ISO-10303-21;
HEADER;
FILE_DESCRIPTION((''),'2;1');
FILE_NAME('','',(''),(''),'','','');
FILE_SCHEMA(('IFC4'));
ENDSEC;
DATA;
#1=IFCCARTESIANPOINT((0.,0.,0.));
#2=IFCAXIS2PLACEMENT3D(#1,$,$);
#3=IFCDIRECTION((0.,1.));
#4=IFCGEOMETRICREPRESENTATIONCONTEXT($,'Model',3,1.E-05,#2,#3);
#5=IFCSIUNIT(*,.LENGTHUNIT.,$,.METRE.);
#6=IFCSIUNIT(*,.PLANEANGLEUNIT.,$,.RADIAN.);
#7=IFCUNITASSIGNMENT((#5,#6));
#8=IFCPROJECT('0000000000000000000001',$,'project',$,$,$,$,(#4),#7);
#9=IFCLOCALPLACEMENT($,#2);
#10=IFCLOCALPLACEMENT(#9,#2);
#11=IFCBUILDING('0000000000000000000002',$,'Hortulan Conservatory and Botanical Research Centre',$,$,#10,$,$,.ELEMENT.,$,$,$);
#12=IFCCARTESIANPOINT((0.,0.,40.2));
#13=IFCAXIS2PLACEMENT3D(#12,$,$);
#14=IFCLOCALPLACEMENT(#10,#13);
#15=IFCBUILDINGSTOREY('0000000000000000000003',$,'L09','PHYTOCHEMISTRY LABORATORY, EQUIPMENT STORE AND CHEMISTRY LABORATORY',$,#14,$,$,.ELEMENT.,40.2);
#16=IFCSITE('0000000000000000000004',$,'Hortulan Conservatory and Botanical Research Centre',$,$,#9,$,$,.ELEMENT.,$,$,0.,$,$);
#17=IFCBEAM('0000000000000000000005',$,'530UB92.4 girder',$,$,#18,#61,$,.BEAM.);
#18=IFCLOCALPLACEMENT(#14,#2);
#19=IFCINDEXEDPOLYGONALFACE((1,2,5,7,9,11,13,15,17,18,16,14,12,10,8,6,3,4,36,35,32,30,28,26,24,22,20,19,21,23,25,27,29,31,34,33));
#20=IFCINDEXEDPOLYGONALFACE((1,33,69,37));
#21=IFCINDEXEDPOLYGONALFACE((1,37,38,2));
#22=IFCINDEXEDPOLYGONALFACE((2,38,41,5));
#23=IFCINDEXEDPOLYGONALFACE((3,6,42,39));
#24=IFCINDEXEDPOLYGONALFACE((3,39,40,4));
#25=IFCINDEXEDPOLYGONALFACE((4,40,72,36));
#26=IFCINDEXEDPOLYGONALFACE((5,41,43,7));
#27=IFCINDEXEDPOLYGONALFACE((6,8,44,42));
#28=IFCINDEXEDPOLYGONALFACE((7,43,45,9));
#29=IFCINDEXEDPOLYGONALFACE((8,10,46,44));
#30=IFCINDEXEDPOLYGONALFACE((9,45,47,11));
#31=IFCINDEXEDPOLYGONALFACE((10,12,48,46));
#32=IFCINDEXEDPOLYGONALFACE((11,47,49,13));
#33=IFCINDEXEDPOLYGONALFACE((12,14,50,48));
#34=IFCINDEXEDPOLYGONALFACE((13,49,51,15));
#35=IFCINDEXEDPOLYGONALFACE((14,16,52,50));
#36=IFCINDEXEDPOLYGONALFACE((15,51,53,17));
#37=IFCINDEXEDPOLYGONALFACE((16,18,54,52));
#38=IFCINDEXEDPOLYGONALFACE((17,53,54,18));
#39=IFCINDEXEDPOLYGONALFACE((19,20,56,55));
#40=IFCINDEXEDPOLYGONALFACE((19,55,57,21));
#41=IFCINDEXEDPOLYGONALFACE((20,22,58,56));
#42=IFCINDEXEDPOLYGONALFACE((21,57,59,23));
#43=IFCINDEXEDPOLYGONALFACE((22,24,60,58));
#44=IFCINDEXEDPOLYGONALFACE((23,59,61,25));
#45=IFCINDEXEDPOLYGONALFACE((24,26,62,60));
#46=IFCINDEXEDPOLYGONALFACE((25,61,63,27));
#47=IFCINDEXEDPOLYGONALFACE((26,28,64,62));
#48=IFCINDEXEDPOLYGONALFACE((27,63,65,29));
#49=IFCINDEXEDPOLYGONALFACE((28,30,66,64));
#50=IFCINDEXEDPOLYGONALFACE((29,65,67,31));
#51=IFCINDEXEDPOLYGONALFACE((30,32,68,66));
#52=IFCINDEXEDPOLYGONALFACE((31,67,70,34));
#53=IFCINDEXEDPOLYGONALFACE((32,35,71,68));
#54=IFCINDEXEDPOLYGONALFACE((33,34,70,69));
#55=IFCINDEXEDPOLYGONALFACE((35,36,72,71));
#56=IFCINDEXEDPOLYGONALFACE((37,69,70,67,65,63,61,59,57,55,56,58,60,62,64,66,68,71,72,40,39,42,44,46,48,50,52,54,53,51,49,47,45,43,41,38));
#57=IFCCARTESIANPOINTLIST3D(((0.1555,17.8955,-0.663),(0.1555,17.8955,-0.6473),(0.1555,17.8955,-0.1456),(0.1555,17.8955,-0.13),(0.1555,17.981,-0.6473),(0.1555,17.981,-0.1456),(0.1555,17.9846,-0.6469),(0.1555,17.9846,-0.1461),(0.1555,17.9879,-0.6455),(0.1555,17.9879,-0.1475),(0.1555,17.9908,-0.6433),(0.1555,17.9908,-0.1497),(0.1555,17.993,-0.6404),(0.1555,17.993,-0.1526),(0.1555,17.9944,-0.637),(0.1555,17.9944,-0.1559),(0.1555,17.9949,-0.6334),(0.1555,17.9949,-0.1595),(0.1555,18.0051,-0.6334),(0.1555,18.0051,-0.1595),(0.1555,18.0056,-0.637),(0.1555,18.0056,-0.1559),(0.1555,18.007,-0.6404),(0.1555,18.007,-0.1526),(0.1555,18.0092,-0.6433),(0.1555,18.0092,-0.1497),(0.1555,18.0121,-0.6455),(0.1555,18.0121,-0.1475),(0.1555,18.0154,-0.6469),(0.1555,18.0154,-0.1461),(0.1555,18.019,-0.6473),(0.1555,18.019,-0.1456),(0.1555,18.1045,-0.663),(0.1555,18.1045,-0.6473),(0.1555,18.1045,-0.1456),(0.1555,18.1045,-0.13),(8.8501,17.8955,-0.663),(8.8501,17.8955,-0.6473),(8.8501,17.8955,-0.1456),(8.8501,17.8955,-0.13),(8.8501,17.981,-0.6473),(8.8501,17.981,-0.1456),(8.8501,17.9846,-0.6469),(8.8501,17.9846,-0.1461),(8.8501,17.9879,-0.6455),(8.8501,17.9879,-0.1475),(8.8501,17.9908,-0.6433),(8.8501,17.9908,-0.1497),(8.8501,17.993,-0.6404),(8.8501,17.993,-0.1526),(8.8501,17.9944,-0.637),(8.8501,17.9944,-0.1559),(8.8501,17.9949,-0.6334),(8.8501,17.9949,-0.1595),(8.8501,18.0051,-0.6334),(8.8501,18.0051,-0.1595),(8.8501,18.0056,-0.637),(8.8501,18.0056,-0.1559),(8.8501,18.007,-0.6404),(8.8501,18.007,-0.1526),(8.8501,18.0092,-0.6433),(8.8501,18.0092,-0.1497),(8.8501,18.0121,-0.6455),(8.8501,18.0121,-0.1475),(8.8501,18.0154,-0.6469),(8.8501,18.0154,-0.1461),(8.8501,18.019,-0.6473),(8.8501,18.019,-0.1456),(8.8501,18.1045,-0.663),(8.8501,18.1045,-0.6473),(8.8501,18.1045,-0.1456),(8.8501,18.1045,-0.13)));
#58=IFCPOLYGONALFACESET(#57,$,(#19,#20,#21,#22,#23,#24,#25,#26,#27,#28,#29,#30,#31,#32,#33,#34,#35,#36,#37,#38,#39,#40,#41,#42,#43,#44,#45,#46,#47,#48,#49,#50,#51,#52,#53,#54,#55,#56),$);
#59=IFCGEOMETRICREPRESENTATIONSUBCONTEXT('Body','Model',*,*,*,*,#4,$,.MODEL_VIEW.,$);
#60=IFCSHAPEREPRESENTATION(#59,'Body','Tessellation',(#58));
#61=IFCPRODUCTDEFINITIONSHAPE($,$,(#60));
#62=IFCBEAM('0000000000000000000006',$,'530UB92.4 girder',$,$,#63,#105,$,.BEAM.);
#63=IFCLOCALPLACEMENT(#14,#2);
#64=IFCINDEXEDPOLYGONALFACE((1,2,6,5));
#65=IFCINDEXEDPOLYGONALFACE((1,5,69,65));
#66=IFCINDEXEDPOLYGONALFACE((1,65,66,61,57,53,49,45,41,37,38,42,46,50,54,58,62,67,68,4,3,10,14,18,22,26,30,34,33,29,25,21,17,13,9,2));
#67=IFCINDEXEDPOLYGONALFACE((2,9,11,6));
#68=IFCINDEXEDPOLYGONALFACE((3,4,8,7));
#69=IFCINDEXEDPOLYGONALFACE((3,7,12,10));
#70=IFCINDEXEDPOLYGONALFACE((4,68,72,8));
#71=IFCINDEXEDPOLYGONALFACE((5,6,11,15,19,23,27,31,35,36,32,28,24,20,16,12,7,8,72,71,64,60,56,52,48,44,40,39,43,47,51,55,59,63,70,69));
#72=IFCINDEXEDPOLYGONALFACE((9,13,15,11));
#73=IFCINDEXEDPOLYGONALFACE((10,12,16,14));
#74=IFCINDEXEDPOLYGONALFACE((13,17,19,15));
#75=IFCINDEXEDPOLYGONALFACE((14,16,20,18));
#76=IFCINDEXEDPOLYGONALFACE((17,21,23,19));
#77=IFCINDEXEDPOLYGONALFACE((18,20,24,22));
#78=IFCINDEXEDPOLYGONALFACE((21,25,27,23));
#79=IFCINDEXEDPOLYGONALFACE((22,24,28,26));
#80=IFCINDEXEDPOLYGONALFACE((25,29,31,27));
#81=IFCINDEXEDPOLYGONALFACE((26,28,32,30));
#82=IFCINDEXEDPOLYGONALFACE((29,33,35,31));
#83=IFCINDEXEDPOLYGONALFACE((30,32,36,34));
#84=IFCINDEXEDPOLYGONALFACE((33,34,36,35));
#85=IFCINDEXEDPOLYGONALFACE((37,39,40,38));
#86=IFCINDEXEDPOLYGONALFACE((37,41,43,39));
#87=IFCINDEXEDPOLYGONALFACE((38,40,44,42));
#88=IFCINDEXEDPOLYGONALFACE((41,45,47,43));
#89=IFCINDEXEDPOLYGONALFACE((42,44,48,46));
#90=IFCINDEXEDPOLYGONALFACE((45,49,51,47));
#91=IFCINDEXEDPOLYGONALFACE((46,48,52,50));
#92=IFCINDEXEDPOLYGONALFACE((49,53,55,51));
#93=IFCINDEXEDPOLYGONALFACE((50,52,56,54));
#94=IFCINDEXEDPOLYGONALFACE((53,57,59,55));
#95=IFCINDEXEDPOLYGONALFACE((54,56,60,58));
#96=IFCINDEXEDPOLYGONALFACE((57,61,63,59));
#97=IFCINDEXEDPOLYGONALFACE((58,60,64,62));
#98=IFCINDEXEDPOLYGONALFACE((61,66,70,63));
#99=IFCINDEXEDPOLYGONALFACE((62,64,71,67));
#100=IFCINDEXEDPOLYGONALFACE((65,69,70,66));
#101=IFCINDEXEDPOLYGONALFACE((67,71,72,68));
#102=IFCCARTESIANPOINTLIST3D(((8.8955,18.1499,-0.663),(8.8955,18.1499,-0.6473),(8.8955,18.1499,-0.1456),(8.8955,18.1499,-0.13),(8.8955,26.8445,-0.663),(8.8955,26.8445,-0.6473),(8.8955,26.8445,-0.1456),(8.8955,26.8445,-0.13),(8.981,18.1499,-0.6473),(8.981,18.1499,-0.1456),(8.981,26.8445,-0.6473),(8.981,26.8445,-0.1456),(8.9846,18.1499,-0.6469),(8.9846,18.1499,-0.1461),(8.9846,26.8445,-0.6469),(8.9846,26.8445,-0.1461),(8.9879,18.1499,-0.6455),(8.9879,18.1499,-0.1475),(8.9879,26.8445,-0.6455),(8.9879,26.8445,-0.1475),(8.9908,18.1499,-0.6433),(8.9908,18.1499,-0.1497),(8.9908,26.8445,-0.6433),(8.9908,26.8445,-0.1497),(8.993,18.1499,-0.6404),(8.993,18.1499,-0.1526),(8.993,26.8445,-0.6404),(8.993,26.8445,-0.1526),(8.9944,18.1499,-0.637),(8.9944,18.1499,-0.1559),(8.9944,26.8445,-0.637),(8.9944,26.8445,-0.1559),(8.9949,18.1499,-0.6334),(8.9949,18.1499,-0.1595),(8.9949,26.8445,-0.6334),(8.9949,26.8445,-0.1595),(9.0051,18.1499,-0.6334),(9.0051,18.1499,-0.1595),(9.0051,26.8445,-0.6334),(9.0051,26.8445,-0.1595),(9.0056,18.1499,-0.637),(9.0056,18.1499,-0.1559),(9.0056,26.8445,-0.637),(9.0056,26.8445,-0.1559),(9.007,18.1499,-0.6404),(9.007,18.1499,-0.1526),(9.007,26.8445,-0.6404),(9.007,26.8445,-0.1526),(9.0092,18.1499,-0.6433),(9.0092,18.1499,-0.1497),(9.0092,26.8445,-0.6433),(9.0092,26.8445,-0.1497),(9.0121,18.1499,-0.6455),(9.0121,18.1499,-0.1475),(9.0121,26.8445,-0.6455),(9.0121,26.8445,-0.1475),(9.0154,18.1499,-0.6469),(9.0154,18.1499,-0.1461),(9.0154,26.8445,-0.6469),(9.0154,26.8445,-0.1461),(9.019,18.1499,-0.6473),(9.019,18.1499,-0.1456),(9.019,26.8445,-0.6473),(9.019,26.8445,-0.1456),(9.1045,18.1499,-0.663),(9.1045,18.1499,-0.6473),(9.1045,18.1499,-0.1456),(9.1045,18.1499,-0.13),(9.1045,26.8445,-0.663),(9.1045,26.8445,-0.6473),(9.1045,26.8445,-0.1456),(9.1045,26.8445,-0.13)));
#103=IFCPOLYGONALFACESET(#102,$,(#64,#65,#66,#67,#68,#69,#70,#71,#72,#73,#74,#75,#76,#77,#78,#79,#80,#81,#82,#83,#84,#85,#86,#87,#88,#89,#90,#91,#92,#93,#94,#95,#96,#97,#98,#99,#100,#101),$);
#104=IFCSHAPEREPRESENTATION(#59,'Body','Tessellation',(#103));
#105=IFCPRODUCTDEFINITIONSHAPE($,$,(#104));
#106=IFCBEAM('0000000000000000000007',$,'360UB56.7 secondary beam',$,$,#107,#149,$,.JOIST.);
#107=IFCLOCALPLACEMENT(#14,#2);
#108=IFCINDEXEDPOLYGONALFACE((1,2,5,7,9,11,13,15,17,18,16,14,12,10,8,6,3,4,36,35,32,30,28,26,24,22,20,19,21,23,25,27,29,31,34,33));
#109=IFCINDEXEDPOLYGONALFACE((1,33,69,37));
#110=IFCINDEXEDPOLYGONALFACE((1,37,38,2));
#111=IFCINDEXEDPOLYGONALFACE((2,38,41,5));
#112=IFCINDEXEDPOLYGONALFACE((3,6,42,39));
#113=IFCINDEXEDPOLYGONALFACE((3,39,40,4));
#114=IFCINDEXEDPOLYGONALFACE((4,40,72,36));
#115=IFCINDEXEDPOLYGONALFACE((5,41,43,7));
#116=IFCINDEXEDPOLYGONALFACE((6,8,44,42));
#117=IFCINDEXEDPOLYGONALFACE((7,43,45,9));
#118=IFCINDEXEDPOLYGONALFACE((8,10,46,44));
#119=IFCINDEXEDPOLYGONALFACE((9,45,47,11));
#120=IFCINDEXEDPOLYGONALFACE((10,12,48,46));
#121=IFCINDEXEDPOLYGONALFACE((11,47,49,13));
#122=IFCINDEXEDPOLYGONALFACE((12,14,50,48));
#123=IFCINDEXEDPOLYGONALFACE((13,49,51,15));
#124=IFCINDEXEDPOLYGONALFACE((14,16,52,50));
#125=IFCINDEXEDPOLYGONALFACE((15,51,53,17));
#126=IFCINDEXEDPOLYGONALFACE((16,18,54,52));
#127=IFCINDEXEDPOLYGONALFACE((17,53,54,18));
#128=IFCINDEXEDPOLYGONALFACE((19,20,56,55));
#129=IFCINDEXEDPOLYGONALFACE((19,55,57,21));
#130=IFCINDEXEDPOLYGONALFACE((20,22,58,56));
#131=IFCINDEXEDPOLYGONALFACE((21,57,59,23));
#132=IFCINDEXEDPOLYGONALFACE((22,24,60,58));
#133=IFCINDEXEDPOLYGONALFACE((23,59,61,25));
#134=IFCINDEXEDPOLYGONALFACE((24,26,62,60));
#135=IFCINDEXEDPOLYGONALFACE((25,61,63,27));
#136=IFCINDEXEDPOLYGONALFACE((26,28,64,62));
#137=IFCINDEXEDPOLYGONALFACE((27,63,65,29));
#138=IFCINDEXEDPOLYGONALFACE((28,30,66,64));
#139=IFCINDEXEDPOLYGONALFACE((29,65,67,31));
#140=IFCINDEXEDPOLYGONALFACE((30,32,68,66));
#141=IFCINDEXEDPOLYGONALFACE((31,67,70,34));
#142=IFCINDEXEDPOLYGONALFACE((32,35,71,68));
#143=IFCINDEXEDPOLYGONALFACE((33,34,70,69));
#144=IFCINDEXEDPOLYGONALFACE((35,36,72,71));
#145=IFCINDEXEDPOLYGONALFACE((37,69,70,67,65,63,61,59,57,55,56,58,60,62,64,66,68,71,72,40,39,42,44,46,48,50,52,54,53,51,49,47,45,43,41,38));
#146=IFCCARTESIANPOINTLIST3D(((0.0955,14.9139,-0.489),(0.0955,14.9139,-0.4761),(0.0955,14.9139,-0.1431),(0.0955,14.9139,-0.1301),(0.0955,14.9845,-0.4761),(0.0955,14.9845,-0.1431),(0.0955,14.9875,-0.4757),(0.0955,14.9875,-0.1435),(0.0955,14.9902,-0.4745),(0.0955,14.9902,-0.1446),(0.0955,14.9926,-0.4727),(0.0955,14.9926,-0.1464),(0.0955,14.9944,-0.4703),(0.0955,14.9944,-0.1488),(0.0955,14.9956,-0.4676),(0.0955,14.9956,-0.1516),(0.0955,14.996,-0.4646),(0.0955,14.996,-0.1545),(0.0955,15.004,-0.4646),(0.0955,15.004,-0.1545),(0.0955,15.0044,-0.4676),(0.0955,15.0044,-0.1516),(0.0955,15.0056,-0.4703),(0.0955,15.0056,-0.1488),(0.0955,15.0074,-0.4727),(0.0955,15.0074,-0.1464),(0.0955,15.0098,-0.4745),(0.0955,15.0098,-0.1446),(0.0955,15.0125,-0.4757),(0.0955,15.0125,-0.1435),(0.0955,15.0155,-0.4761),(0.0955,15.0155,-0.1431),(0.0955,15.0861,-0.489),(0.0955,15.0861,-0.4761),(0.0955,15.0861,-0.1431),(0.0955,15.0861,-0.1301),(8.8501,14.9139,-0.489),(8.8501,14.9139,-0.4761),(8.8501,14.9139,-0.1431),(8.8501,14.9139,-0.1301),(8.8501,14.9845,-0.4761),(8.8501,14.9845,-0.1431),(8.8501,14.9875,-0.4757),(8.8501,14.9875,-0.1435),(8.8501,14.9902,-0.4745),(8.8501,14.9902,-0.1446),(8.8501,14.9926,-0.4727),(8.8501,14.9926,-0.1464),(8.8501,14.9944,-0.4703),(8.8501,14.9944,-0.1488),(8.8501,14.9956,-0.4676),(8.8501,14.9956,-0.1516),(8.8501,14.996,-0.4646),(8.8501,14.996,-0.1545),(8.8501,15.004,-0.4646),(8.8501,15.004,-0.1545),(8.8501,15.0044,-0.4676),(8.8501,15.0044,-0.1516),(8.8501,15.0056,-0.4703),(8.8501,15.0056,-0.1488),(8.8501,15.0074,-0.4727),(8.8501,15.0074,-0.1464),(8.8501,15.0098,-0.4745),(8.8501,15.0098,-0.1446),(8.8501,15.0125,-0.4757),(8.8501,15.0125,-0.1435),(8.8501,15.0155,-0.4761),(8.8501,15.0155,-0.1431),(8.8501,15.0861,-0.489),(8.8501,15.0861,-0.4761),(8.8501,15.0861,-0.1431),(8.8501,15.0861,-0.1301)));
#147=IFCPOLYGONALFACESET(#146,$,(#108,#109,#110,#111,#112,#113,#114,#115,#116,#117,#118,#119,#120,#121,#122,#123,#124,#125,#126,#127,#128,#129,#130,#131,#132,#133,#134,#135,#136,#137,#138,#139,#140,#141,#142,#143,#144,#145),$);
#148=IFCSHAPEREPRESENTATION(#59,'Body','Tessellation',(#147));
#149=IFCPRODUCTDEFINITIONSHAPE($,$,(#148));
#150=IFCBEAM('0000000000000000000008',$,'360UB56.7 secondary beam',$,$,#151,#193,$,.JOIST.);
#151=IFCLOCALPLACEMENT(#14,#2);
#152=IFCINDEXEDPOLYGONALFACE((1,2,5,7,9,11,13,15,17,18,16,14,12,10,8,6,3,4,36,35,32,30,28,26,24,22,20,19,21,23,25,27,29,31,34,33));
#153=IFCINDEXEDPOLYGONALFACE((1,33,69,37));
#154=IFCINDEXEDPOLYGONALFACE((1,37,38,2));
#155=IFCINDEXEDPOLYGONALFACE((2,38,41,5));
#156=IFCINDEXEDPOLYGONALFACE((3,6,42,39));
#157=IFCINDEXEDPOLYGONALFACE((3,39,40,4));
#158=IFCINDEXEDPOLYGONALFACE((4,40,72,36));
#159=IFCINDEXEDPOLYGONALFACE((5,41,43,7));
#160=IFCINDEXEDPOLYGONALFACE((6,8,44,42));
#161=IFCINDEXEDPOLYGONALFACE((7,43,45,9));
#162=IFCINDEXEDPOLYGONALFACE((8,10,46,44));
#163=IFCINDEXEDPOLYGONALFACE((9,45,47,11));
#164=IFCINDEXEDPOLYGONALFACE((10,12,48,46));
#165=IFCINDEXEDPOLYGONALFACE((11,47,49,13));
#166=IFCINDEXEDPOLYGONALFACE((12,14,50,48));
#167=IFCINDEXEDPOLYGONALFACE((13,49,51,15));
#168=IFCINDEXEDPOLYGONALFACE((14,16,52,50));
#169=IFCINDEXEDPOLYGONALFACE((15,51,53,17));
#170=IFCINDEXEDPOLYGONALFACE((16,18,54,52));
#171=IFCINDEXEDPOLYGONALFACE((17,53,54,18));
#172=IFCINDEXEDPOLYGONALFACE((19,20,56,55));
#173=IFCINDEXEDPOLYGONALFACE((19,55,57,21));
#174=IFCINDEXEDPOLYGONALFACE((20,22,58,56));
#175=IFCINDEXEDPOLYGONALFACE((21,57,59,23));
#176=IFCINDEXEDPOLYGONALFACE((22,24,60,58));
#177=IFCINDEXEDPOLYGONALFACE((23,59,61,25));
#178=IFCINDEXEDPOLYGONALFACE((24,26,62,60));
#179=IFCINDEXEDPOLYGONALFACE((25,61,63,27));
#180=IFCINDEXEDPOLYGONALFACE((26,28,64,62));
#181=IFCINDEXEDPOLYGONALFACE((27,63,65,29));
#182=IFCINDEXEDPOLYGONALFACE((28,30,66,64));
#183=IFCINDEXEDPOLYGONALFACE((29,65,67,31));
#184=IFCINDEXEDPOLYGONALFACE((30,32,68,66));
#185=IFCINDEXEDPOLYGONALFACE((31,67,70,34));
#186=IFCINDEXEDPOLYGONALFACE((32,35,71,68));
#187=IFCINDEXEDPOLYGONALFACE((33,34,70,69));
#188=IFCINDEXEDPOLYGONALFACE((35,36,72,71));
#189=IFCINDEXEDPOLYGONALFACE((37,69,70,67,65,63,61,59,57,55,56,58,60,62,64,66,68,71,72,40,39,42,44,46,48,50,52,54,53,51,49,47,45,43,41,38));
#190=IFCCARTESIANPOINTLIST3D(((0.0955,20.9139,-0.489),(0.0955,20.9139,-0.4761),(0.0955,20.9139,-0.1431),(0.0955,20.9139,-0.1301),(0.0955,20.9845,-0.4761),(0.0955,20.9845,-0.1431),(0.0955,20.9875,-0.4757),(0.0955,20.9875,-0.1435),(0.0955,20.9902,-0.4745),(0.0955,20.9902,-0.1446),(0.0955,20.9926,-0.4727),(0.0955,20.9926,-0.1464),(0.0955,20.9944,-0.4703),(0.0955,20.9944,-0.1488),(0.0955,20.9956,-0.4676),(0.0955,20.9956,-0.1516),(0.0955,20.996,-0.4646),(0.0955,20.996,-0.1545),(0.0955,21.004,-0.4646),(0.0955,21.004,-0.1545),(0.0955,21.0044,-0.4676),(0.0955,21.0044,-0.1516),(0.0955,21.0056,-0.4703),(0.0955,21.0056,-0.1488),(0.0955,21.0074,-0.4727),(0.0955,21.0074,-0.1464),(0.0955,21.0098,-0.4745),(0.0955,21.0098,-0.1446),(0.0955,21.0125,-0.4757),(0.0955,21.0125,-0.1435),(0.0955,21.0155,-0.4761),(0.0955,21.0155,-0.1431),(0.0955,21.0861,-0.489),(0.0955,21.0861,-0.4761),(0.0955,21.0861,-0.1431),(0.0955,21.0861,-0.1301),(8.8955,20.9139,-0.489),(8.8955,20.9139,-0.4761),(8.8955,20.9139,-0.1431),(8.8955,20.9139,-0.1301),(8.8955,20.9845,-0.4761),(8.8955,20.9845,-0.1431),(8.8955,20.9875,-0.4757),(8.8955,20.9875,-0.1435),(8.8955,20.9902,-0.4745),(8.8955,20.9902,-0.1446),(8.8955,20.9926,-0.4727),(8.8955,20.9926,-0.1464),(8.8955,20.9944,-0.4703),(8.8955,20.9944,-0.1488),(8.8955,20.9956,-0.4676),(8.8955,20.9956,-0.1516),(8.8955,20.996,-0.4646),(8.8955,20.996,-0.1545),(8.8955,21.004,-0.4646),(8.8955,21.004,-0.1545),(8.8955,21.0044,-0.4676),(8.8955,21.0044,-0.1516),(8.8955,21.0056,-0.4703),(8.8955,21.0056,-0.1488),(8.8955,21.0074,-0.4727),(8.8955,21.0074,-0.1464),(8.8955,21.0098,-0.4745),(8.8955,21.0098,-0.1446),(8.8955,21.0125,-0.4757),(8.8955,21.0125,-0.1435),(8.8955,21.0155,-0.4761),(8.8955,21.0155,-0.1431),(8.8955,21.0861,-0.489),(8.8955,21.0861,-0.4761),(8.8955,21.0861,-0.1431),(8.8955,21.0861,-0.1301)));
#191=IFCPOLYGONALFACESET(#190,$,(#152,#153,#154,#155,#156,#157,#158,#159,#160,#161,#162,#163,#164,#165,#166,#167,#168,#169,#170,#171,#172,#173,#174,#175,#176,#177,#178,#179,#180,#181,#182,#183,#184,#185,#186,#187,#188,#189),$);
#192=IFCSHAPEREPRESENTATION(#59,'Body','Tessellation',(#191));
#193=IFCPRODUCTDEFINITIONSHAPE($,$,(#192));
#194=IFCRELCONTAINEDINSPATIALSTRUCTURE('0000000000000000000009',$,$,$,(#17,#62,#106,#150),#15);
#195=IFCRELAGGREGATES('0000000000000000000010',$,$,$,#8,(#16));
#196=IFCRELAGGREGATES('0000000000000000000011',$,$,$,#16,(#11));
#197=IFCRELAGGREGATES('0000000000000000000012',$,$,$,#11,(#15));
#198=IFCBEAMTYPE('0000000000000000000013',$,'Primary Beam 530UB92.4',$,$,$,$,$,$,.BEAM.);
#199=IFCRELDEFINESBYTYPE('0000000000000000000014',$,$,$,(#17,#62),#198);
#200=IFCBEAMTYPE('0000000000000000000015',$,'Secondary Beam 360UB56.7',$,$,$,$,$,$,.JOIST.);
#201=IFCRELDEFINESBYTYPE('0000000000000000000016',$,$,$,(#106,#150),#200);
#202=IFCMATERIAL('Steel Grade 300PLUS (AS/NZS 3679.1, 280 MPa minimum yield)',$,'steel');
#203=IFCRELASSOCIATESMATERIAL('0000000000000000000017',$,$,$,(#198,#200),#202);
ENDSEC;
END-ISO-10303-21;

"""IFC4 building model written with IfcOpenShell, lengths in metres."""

from ifc_helpers import new_model, si_unit, direction, frame, origin, origin_2d, place, context, subcontext, project, spatial, i_section, extrude, material, material_profile, profile_set, type_object, element, save


model = new_model("IFC4")

# Units and contexts
model_context = context("Model", 3, precision=1e-05, world=origin(), true_north=direction((0.0, 1.0)))
body_context = subcontext(model_context, "Body", "Model", "MODEL_VIEW")
ifc_project = project(units=[si_unit("LENGTHUNIT", "METRE"), si_unit("PLANEANGLEUNIT", "RADIAN")], contexts=[model_context])

# Site, building, storey
site_placement = place(None, origin())
site = spatial("IfcSite", under=ifc_project, at=site_placement, Name="Hortulan Conservatory and Botanical Research Centre", CompositionType="ELEMENT", RefElevation=0.0)
building_placement = place(site_placement, origin())
building = spatial("IfcBuilding", under=site, at=building_placement, Name="Hortulan Conservatory and Botanical Research Centre", CompositionType="ELEMENT")
storey_placement = place(building_placement, frame((0.0, 0.0, 40.2)))
storey = spatial("IfcBuildingStorey", under=building, at=storey_placement, Name="L09", Description="PHYTOCHEMISTRY LABORATORY, EQUIPMENT STORE AND CHEMISTRY LABORATORY", CompositionType="ELEMENT", Elevation=40.2)

# Shared definitions
ifc_material_1 = material(Name="Steel Grade 300PLUS (AS/NZS 3679.1, 280 MPa minimum yield)", Category="steel")

# Beams
ifc_material_profile_1 = material_profile(ifc_material_1, i_section(OverallWidth=0.209, OverallDepth=0.533, WebThickness=0.0103, FlangeThickness=0.0156, FilletRadius=0.0139, at=origin_2d()), Name="530UB92.4")
ifc_profile_set_1 = profile_set([ifc_material_profile_1], Name="Steel Grade 300PLUS (AS/NZS 3679.1, 280 MPa minimum yield)")
beam_type_1 = type_object("IfcBeamType", Name="Primary Beam 530UB92.4", PredefinedType="BEAM", material=ifc_profile_set_1)
for number, where, z_axis, x_axis, name in (
    (1, (0.1555, 18.0, -0.3965), (1.0, 0.0, 0.0), (0.0, 1.0, 0.0), "530UB92.4 girder"),
    (2, (9.0, 18.1499, -0.3965), (0.0, 1.0, 0.0), (-1.0, 0.0, 0.0), "530UB92.4 girder"),
):
    element("IfcBeam", number, at=place(storey_placement, frame(where, z_axis=z_axis, x_axis=x_axis)), inside=storey, type_object=beam_type_1, Name=name, PredefinedType="BEAM", context=body_context, shape_type="SweptSolid", body=[
        extrude(i_section(OverallWidth=0.209, OverallDepth=0.533, WebThickness=0.0103, FlangeThickness=0.0156, FilletRadius=0.0139, at=origin_2d()), origin(), (0.0, 0.0, 1.0), 8.6946),
    ])
ifc_material_profile_2 = material_profile(ifc_material_1, i_section(OverallWidth=0.1721, OverallDepth=0.3589, WebThickness=0.0081, FlangeThickness=0.0129, FilletRadius=0.0115, at=origin_2d()), Name="360UB56.7")
ifc_profile_set_2 = profile_set([ifc_material_profile_2], Name="Steel Grade 300PLUS (AS/NZS 3679.1, 280 MPa minimum yield)")
beam_type_2 = type_object("IfcBeamType", Name="Secondary Beam 360UB56.7", PredefinedType="JOIST", material=ifc_profile_set_2)
beam_1_placement = place(storey_placement, frame((0.0955, 15.0, -0.3096), z_axis=(1.0, 0.0, 0.0), x_axis=(0.0, 1.0, 0.0)))
element("IfcBeam", 3, at=beam_1_placement, inside=storey, type_object=beam_type_2, Name="360UB56.7 secondary beam", PredefinedType="JOIST", context=body_context, shape_type="SweptSolid", body=[
    extrude(i_section(OverallWidth=0.1721, OverallDepth=0.3589, WebThickness=0.0081, FlangeThickness=0.0129, FilletRadius=0.0115, at=origin_2d()), origin(), (0.0, 0.0, 1.0), 8.7546),
])
for number, where, z_axis, x_axis, name in (
    (4, (0.0955, 21.0, -0.3096), (1.0, 0.0, 0.0), (0.0, 1.0, 0.0), "360UB56.7 secondary beam"),
):
    element("IfcBeam", number, at=place(storey_placement, frame(where, z_axis=z_axis, x_axis=x_axis)), inside=storey, type_object=beam_type_2, Name=name, PredefinedType="JOIST", context=body_context, shape_type="SweptSolid", body=[
        extrude(i_section(OverallWidth=0.1721, OverallDepth=0.3589, WebThickness=0.0081, FlangeThickness=0.0129, FilletRadius=0.0115, at=origin_2d()), origin(), (0.0, 0.0, 1.0), 8.8),
    ])

save(model, "model.ifc")
